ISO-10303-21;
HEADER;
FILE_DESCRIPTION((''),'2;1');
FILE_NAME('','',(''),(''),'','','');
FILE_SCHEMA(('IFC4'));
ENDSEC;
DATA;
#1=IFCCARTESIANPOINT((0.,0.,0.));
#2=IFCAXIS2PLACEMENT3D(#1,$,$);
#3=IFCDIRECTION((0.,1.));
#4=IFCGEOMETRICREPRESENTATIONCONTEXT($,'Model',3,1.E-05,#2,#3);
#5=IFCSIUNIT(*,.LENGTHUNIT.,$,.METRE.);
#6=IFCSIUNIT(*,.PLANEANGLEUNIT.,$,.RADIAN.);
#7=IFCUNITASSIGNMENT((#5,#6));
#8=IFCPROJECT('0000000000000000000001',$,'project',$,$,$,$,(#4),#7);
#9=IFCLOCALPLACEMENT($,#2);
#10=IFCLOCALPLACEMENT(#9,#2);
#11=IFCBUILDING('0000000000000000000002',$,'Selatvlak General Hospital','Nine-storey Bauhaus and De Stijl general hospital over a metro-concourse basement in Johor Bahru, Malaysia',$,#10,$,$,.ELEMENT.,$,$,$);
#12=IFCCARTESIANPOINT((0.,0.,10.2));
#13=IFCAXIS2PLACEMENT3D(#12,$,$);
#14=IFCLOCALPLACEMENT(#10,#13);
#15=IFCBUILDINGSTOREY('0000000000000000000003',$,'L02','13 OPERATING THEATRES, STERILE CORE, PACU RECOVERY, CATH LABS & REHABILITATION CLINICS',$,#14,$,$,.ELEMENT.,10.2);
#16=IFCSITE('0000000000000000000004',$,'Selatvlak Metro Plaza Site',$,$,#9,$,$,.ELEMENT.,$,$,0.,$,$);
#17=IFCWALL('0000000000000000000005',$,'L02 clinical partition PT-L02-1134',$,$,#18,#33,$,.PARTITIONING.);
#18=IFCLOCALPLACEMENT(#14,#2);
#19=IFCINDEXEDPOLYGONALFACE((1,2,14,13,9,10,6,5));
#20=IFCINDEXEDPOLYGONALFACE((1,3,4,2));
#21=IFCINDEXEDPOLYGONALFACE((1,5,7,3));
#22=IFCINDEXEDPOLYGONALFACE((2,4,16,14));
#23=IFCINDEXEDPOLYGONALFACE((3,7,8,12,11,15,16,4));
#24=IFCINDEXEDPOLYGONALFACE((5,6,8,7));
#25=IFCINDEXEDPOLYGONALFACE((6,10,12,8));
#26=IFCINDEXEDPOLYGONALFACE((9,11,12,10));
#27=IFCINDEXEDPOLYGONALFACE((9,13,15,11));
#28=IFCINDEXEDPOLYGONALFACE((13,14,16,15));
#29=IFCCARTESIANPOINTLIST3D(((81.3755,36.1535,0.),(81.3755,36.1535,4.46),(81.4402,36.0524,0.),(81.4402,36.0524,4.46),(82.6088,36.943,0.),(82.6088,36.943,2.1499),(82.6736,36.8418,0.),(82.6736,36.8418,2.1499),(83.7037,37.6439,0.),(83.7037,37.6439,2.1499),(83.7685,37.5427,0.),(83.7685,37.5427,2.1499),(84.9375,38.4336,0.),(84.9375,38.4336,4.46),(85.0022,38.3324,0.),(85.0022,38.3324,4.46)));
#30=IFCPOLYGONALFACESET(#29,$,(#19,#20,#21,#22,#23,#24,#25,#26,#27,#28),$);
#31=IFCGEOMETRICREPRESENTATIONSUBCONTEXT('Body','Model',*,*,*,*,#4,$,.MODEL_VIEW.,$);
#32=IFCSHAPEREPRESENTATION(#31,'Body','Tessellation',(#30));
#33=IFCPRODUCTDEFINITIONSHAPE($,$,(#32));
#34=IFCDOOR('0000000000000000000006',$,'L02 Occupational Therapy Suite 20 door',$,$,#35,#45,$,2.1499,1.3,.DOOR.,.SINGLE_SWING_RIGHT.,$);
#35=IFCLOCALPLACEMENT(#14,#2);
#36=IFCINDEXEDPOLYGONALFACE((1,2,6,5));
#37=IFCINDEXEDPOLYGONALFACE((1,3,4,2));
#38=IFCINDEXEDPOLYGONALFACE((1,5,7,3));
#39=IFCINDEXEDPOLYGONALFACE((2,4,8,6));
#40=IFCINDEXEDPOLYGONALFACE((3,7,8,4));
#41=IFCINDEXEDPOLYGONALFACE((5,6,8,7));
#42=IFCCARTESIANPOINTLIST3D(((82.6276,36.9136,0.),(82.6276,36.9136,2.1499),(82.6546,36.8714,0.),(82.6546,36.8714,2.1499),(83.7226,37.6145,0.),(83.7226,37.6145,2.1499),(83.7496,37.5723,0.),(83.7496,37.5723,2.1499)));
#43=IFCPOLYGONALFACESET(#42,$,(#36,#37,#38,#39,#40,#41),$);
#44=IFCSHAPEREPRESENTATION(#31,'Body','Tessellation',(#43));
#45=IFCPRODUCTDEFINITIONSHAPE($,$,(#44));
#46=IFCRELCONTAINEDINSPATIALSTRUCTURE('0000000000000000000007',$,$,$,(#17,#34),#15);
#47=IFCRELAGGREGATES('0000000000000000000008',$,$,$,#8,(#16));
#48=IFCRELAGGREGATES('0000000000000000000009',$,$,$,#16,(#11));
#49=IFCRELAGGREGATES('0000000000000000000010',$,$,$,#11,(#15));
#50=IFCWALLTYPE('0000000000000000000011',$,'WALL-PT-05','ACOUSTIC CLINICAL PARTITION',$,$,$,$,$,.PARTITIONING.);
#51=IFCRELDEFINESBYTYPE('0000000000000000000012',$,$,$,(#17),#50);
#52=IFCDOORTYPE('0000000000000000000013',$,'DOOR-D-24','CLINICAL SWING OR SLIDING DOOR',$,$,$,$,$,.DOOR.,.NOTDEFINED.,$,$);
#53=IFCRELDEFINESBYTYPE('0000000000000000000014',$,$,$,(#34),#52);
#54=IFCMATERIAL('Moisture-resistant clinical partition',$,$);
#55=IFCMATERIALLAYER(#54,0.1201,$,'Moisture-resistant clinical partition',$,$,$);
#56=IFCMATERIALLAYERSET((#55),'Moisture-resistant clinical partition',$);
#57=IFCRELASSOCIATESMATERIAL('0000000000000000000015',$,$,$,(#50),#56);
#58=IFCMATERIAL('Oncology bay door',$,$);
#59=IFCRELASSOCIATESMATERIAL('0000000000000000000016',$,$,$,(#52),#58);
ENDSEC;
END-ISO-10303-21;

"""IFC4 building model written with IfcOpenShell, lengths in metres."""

from ifc_helpers import new_model, si_unit, direction, frame, frame_2d, origin, place, context, subcontext, project, spatial, rectangle, extrude, material, layer, layer_set, type_object, element, fill, save


model = new_model("IFC4")

# Units and contexts
model_context = context("Model", 3, precision=1e-05, world=origin(), true_north=direction((0.0, 1.0)))
body_context = subcontext(model_context, "Body", "Model", "MODEL_VIEW")
ifc_project = project(units=[si_unit("LENGTHUNIT", "METRE"), si_unit("PLANEANGLEUNIT", "RADIAN")], contexts=[model_context])

# Site, building, storey
site_placement = place(None, origin())
site = spatial("IfcSite", under=ifc_project, at=site_placement, Name="Selatvlak Metro Plaza Site", CompositionType="ELEMENT", RefElevation=0.0)
building_placement = place(site_placement, origin())
building = spatial("IfcBuilding", under=site, at=building_placement, Name="Selatvlak General Hospital", Description="Nine-storey Bauhaus and De Stijl general hospital over a metro-concourse basement in Johor Bahru, Malaysia", CompositionType="ELEMENT")
storey_placement = place(building_placement, frame((0.0, 0.0, 10.2)))
storey = spatial("IfcBuildingStorey", under=building, at=storey_placement, Name="L02", Description="13 OPERATING THEATRES, STERILE CORE, PACU RECOVERY, CATH LABS & REHABILITATION CLINICS", CompositionType="ELEMENT", Elevation=10.2)

# Shared definitions
ifc_material_1 = material(Name="Moisture-resistant clinical partition")

# Wall, opening, door
ifc_layer_1 = layer(ifc_material_1, 0.1201, Name="Moisture-resistant clinical partition")
ifc_layer_set_1 = layer_set([ifc_layer_1], Name="Moisture-resistant clinical partition")
wall_type_1 = type_object("IfcWallType", Name="WALL-PT-05", Description="ACOUSTIC CLINICAL PARTITION", PredefinedType="PARTITIONING", material=ifc_layer_set_1)
wall_1_placement = place(storey_placement, frame((84.97, 38.3831, 0.0), z_axis=(0.0, 0.0, 1.0), x_axis=(-0.842235, -0.539111, 0.0)))
wall_1 = element("IfcWall", 1, at=wall_1_placement, inside=storey, type_object=wall_type_1, Name="L02 clinical partition PT-L02-1134", PredefinedType="PARTITIONING", context=body_context, shape_type="SweptSolid", body=[
    extrude(rectangle(XDim=4.2292, YDim=0.1201, at=frame_2d((2.1147, 0.0))), origin(), (0.0, 0.0, 1.0), 4.46),
])
opening_placement = place(wall_1_placement, frame((1.4651, 0.0, 0.0)))
opening = element("IfcOpeningElement", 2, at=opening_placement, cuts=wall_1, PredefinedType="OPENING", context=body_context, shape_type="SweptSolid", body=[
    extrude(rectangle(XDim=1.3, YDim=2.1499, at=frame_2d((0.6499, 1.075))), frame((0.0, 0.0701, 0.0), z_axis=(0.0, -1.0, 0.0), x_axis=(1.0, 0.0, 0.0)), (0.0, 0.0, 1.0), 0.1401),
])
ifc_material_2 = material(Name="Oncology bay door")
door_type = type_object("IfcDoorType", Name="DOOR-D-24", Description="CLINICAL SWING OR SLIDING DOOR", OperationType="NOTDEFINED", PredefinedType="DOOR", material=ifc_material_2)
door_placement = place(opening_placement, origin())
door = element("IfcDoor", 3, at=door_placement, inside=storey, type_object=door_type, Name="L02 Occupational Therapy Suite 20 door", OperationType="SINGLE_SWING_RIGHT", OverallHeight=2.1499, OverallWidth=1.3, PredefinedType="DOOR", context=body_context, shape_type="SweptSolid", body=[
    extrude(rectangle(XDim=1.3, YDim=2.1499, at=frame_2d((0.6499, 1.075))), frame((0.0, 0.0249, 0.0), z_axis=(0.0, -1.0, 0.0), x_axis=(1.0, 0.0, 0.0)), (0.0, 0.0, 1.0), 0.05),
])
fill(opening, door)

save(model, "model.ifc")
